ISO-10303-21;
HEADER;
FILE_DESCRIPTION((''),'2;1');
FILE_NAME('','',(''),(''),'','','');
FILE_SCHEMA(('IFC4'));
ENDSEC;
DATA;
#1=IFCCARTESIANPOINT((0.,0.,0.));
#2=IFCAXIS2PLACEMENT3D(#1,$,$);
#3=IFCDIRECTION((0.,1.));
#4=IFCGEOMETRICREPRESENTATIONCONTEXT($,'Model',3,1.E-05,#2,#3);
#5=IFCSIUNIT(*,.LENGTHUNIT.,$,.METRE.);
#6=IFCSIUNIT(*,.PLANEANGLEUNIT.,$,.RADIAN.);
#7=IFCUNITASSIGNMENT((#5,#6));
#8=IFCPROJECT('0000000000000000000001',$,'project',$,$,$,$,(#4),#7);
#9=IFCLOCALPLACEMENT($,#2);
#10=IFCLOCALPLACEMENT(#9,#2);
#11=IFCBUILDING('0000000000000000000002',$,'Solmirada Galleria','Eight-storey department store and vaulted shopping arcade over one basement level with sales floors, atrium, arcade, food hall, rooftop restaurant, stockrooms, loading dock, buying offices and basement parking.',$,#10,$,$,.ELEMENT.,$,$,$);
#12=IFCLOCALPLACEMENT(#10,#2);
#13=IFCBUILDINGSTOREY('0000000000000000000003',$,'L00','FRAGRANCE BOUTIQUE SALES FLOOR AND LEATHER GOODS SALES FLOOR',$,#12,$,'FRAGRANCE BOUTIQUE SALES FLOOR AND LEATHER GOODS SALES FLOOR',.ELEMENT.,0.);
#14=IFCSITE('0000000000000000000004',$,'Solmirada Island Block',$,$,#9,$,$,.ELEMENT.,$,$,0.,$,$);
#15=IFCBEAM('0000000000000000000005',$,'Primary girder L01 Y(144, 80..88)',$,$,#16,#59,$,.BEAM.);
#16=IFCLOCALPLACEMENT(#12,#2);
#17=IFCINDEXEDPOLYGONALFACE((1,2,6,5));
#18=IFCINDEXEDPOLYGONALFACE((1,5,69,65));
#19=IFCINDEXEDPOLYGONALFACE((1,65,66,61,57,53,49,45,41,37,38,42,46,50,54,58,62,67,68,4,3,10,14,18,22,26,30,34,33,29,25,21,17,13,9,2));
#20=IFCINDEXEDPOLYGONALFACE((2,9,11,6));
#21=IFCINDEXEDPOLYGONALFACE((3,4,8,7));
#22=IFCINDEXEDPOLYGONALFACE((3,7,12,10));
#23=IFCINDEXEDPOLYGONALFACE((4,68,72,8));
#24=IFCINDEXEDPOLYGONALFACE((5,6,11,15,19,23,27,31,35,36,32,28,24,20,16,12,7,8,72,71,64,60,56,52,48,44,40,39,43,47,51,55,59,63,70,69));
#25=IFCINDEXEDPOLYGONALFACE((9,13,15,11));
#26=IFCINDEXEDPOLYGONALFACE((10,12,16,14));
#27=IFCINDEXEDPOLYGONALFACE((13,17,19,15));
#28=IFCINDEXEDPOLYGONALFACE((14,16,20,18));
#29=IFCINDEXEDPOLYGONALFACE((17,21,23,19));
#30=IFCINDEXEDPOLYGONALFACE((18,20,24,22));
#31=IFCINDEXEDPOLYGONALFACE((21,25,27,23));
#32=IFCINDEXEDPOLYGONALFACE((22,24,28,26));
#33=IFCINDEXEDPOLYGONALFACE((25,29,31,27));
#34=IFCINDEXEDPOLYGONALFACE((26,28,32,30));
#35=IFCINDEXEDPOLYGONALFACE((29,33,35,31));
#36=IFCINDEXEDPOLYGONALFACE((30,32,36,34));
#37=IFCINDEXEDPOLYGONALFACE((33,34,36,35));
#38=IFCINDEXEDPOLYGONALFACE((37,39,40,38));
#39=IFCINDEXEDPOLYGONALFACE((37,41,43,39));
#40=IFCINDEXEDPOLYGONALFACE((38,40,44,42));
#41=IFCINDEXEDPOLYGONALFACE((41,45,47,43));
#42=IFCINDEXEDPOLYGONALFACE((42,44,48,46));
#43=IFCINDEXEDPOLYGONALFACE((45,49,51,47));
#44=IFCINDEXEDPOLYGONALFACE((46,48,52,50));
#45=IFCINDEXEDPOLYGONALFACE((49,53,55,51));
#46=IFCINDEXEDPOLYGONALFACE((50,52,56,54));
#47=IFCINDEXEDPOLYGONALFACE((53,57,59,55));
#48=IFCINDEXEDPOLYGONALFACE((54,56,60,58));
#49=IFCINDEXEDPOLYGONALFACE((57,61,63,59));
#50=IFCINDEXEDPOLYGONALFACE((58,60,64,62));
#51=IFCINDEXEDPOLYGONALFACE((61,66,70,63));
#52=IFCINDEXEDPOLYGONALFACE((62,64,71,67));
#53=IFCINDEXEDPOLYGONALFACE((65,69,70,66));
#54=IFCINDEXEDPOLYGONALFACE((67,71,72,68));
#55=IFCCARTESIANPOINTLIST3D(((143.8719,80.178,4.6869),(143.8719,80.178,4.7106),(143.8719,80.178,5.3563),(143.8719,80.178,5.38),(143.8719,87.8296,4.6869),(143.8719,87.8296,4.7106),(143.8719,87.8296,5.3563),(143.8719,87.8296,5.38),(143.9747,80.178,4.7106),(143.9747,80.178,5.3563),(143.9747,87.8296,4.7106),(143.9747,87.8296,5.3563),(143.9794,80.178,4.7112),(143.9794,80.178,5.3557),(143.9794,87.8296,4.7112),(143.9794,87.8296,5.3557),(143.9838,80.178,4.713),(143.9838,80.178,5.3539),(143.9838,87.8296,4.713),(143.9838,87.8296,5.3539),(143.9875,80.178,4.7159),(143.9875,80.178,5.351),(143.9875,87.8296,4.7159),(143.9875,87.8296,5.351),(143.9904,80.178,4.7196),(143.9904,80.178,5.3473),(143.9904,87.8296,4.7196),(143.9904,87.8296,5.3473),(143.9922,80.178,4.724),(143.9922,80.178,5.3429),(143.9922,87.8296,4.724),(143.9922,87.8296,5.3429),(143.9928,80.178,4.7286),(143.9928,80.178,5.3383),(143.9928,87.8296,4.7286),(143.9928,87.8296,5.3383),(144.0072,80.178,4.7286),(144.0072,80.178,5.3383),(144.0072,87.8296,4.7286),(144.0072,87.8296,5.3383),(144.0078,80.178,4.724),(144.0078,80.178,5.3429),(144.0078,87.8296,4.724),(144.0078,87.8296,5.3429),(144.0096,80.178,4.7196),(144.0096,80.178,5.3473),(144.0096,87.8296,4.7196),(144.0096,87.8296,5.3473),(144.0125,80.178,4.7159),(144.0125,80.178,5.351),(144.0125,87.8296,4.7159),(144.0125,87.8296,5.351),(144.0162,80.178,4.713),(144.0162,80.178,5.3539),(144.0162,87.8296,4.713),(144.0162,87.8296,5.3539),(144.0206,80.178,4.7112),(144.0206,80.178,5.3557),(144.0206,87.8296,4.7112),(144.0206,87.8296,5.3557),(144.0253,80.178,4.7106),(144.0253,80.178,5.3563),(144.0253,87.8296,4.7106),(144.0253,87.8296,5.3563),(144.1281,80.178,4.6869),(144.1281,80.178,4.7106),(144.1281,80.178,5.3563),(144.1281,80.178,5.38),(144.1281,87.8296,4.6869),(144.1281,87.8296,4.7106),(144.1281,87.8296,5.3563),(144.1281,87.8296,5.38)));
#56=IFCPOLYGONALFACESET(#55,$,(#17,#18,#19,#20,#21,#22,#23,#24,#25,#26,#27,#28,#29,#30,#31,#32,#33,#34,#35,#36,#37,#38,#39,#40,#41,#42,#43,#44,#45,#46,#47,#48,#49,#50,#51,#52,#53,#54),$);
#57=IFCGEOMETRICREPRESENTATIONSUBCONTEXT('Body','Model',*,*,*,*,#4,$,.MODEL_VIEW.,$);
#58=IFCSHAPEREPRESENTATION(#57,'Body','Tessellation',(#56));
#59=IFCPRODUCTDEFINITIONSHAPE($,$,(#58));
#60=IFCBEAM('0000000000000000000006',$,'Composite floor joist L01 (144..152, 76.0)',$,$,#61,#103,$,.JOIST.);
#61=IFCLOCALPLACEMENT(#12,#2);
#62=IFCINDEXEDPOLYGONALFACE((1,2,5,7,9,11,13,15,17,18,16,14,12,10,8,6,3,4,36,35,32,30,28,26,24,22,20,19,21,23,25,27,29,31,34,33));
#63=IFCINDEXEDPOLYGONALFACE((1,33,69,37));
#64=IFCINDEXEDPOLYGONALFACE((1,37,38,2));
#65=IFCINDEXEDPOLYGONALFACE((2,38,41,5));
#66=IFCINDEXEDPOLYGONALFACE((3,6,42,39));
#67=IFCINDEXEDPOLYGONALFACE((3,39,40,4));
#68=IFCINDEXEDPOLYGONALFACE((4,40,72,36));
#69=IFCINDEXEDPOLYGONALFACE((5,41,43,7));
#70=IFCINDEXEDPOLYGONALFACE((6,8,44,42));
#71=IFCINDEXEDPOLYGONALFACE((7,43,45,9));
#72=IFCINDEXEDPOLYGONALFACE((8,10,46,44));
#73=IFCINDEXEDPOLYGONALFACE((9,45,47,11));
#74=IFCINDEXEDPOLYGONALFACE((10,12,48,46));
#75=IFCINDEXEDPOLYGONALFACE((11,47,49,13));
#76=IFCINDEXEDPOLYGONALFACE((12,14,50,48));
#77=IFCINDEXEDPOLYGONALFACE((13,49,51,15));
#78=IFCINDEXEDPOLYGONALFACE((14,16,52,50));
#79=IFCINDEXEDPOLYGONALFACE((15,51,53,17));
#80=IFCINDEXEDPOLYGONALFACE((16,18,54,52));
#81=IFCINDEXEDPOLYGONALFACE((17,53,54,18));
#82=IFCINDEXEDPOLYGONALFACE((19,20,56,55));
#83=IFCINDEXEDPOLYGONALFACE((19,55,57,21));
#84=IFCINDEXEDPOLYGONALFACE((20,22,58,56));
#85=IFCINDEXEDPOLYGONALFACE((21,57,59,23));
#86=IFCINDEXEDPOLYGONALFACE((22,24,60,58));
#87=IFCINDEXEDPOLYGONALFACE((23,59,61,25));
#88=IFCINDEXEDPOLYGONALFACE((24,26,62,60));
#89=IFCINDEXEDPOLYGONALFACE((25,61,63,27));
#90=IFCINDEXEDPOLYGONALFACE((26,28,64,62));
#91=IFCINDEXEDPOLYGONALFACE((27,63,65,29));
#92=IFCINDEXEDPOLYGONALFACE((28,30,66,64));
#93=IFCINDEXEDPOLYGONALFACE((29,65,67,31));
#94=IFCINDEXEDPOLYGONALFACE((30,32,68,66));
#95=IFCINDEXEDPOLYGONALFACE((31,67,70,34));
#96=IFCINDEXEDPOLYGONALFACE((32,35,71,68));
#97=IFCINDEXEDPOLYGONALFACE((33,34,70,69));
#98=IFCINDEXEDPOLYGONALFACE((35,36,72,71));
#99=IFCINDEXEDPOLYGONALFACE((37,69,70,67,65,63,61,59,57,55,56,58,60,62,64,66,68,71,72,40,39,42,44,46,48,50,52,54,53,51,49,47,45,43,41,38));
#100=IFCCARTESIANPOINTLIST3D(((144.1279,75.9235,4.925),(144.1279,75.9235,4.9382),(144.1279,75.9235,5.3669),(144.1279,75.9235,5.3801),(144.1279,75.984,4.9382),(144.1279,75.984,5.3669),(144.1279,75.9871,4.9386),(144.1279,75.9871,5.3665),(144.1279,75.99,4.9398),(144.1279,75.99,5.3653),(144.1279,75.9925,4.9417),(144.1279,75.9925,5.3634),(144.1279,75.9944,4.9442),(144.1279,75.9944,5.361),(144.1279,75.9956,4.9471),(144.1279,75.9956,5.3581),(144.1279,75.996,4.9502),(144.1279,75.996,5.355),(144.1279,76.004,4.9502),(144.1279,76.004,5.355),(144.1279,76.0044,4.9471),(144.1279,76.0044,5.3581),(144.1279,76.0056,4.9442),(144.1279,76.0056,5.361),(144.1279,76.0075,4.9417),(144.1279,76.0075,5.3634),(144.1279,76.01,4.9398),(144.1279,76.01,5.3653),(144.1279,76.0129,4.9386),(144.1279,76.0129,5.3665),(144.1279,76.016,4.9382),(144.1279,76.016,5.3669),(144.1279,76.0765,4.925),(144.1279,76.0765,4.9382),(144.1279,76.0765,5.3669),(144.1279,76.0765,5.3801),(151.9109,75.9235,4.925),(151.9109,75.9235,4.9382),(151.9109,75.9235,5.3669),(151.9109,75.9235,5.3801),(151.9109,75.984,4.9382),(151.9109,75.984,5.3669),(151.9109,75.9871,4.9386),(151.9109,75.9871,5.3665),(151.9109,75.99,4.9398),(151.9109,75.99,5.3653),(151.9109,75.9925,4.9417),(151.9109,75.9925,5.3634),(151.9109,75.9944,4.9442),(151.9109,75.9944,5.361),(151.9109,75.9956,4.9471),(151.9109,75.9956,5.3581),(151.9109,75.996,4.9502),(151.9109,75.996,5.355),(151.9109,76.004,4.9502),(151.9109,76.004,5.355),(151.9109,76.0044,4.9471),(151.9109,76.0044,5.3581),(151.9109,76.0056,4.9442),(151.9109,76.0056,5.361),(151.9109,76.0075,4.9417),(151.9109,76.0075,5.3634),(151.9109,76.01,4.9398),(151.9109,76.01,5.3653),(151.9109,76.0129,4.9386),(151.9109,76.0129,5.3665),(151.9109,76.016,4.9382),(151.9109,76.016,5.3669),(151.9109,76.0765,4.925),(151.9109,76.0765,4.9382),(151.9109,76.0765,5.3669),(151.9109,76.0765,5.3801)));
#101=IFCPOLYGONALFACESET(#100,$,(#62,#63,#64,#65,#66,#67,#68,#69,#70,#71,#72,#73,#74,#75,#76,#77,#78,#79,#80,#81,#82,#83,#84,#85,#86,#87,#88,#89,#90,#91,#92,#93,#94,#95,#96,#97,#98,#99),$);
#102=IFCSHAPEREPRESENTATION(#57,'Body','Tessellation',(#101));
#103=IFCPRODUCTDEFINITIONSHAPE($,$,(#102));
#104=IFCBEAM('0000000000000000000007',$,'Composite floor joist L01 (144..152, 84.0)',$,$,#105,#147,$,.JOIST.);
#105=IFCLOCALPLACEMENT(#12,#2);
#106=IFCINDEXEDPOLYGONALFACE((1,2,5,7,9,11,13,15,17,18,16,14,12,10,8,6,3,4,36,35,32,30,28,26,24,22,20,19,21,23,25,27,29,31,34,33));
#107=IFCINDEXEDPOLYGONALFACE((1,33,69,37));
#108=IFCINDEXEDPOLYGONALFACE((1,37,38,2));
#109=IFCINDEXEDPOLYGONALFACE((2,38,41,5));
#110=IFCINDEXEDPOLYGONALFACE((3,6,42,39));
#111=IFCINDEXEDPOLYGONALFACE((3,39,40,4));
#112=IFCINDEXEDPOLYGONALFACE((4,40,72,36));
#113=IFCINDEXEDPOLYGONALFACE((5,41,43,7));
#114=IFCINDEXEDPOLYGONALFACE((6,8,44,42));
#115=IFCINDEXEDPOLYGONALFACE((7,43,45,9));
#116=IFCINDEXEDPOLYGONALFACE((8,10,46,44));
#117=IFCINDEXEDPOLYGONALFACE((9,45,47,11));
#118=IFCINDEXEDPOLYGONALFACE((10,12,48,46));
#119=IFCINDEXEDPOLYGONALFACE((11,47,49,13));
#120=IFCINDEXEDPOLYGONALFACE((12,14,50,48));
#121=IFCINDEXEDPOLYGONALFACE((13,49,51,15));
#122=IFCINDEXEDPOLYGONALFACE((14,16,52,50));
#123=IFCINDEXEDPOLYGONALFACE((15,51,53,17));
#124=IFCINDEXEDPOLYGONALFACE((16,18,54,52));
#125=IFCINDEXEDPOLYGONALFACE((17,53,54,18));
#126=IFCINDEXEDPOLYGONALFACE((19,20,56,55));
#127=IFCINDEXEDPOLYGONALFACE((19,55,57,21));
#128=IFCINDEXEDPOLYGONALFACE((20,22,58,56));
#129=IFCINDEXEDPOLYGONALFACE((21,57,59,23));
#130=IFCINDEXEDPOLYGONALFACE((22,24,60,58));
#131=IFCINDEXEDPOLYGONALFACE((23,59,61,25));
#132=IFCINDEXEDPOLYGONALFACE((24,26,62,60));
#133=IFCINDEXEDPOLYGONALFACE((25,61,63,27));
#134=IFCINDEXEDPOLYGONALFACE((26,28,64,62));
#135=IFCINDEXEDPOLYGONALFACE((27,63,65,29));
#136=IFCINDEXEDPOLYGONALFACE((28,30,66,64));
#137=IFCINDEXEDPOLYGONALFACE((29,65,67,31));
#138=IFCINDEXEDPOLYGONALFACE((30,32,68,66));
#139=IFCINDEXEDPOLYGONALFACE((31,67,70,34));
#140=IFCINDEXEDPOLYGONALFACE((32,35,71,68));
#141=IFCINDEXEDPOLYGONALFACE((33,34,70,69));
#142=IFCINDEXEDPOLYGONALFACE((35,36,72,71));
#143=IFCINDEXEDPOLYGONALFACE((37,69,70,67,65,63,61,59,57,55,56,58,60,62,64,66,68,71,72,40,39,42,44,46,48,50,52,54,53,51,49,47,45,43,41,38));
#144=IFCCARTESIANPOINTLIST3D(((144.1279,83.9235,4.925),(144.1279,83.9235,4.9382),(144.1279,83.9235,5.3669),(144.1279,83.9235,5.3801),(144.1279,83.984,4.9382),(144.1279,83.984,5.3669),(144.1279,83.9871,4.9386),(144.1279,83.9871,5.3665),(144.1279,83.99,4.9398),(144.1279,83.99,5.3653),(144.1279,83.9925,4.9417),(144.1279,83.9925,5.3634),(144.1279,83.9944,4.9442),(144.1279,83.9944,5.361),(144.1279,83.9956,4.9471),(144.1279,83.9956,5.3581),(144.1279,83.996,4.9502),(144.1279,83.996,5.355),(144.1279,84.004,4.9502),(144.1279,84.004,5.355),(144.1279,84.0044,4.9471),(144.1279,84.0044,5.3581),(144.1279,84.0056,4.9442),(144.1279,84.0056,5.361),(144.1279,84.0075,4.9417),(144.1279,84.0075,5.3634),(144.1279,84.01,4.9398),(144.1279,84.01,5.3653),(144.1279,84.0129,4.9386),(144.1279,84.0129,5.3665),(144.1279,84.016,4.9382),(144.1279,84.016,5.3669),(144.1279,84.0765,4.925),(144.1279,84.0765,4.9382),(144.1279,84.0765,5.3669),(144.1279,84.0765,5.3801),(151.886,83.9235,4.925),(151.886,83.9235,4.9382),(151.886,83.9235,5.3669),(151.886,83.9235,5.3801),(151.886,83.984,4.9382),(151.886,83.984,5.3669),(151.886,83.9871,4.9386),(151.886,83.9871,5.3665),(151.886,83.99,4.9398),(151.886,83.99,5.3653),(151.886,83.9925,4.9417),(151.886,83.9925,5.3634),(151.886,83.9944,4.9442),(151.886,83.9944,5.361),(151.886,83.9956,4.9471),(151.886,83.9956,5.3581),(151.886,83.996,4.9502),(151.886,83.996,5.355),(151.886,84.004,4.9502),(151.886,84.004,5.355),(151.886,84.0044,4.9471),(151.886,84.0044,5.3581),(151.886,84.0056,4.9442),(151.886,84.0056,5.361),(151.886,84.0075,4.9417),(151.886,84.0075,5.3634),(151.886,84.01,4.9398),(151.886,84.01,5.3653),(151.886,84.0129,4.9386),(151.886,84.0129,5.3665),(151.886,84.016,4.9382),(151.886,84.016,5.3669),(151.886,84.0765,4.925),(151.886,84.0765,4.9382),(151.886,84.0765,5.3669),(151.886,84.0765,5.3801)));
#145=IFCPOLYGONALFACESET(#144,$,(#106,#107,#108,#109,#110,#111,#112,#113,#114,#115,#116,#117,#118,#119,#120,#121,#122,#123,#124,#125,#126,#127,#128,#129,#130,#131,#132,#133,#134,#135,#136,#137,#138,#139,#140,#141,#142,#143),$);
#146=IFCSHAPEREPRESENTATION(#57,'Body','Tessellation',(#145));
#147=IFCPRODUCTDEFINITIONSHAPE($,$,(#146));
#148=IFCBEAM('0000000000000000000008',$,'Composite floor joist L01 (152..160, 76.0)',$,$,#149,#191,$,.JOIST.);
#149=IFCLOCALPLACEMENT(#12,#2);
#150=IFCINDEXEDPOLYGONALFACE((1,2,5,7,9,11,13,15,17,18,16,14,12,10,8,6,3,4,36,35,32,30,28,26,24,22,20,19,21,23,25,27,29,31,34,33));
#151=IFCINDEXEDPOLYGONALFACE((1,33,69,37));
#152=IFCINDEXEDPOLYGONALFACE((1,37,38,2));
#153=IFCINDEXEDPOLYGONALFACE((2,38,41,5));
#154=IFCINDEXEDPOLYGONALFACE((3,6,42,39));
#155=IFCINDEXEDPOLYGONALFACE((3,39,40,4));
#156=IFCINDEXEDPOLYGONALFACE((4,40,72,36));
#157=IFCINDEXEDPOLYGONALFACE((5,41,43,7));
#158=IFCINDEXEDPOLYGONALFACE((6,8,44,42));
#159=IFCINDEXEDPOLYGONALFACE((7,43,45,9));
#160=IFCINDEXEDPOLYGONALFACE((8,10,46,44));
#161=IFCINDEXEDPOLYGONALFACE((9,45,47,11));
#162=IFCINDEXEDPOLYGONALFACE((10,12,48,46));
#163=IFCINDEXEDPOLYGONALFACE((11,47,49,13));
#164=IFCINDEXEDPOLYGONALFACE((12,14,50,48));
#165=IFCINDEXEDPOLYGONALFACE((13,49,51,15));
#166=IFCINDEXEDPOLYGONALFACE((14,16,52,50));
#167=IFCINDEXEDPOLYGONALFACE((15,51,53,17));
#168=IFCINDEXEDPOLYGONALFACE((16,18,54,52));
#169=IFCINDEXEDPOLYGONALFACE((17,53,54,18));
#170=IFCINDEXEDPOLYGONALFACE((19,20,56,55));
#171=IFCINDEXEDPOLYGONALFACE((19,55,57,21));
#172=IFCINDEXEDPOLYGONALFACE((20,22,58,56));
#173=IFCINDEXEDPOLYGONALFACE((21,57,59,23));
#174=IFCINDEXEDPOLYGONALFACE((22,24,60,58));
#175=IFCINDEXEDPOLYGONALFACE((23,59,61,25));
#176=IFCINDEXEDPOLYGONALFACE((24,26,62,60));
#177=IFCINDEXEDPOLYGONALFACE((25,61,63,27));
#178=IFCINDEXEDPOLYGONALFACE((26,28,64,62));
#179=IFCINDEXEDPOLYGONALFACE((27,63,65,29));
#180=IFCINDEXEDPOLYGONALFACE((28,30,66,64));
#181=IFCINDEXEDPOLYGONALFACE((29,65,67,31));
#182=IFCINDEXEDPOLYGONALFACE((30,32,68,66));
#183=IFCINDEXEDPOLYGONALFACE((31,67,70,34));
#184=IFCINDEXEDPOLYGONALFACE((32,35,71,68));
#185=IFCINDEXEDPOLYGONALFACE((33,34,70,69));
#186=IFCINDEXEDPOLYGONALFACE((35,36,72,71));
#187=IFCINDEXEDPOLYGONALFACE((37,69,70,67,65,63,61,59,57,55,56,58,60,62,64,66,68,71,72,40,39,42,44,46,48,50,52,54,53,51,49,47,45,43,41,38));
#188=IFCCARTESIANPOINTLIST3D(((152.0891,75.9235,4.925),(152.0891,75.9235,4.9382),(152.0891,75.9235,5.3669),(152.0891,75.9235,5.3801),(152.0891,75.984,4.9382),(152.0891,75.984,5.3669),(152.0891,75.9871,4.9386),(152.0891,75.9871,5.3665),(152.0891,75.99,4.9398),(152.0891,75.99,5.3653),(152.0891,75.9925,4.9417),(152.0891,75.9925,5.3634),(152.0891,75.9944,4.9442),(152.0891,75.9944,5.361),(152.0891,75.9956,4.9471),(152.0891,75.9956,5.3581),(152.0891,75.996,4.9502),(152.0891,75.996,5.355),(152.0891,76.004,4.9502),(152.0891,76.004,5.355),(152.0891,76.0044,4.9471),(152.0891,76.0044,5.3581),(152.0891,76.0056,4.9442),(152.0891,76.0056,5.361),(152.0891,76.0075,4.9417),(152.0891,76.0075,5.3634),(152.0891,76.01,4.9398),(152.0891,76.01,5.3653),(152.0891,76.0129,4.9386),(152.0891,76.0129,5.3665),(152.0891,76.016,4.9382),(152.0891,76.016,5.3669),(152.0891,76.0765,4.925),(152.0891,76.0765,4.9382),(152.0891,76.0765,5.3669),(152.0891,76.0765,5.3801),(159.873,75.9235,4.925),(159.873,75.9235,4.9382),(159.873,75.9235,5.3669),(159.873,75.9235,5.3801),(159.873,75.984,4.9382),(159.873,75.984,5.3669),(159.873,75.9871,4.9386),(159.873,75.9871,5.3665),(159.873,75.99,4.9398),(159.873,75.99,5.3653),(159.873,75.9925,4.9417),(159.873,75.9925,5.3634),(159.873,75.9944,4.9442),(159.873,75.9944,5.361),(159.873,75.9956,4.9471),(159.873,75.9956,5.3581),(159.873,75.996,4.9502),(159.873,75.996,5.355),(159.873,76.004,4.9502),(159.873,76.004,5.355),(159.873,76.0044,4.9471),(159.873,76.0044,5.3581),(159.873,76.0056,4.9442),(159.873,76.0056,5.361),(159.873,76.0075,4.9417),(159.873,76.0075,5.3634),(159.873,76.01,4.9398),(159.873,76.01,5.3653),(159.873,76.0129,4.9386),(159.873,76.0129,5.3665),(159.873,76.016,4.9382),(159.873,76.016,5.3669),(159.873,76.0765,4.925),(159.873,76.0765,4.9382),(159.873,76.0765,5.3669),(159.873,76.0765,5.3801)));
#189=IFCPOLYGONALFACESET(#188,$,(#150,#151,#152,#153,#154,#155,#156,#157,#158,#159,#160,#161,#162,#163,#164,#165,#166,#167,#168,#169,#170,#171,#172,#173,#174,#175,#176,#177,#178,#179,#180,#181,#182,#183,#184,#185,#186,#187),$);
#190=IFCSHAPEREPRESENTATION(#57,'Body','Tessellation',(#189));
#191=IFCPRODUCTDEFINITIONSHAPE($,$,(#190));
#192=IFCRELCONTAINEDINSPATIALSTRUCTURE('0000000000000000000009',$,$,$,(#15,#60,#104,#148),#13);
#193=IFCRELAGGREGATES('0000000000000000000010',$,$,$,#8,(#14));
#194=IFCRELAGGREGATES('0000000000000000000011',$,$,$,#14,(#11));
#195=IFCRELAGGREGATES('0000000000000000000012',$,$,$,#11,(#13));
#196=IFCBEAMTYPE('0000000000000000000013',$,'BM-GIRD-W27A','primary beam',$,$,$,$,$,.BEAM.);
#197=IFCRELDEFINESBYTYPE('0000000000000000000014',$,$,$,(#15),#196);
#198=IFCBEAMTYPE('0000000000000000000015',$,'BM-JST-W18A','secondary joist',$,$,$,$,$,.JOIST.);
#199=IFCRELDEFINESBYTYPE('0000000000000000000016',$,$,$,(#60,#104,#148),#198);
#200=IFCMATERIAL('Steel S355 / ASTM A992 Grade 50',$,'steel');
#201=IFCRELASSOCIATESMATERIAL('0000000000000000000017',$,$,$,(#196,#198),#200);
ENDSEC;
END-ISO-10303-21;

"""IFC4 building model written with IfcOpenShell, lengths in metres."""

from ifc_helpers import new_model, si_unit, direction, frame, origin, origin_2d, place, context, subcontext, project, spatial, i_section, extrude, material, material_profile, profile_set, type_object, element, save


model = new_model("IFC4")

# Units and contexts
model_context = context("Model", 3, precision=1e-05, world=origin(), true_north=direction((0.0, 1.0)))
body_context = subcontext(model_context, "Body", "Model", "MODEL_VIEW")
ifc_project = project(units=[si_unit("LENGTHUNIT", "METRE"), si_unit("PLANEANGLEUNIT", "RADIAN")], contexts=[model_context])

# Site, building, storey
site_placement = place(None, origin())
site = spatial("IfcSite", under=ifc_project, at=site_placement, Name="Solmirada Island Block", CompositionType="ELEMENT", RefElevation=0.0)
building_placement = place(site_placement, origin())
building = spatial("IfcBuilding", under=site, at=building_placement, Name="Solmirada Galleria", Description="Eight-storey department store and vaulted shopping arcade over one basement level with sales floors, atrium, arcade, food hall, rooftop restaurant, stockrooms, loading dock, buying offices and basement parking.", CompositionType="ELEMENT")
storey_placement = place(building_placement, origin())
storey = spatial("IfcBuildingStorey", under=building, at=storey_placement, Name="L00", Description="FRAGRANCE BOUTIQUE SALES FLOOR AND LEATHER GOODS SALES FLOOR", LongName="FRAGRANCE BOUTIQUE SALES FLOOR AND LEATHER GOODS SALES FLOOR", CompositionType="ELEMENT", Elevation=0.0)

# Beams
ifc_material_1 = material(Name="Steel S355 / ASTM A992 Grade 50", Category="steel")
ifc_material_profile_1 = material_profile(ifc_material_1, i_section(OverallWidth=0.2561, OverallDepth=0.6931, WebThickness=0.0144, FlangeThickness=0.0237, FilletRadius=0.0181, at=origin_2d()), Name="W27X114")
ifc_profile_set_1 = profile_set([ifc_material_profile_1], Name="Steel S355 / ASTM A992 Grade 50")
beam_type_1 = type_object("IfcBeamType", Name="BM-GIRD-W27A", Description="primary beam", PredefinedType="BEAM", material=ifc_profile_set_1)
beam_1_placement = place(storey_placement, frame((144.0, 80.178, 5.0334), z_axis=(0.0, 1.0, 0.0), x_axis=(-1.0, 0.0, 0.0)))
element("IfcBeam", 1, at=beam_1_placement, inside=storey, type_object=beam_type_1, Name="Primary girder L01 Y(144, 80..88)", PredefinedType="BEAM", context=body_context, shape_type="SweptSolid", body=[
    extrude(i_section(OverallWidth=0.2561, OverallDepth=0.6931, WebThickness=0.0144, FlangeThickness=0.0237, FilletRadius=0.0181, at=origin_2d()), origin(), (0.0, 0.0, 1.0), 7.6516),
])
ifc_material_profile_2 = material_profile(ifc_material_1, i_section(OverallWidth=0.1531, OverallDepth=0.4551, WebThickness=0.0081, FlangeThickness=0.0132, FilletRadius=0.012, at=origin_2d()), Name="W18X40")
ifc_profile_set_2 = profile_set([ifc_material_profile_2], Name="Steel S355 / ASTM A992 Grade 50")
beam_type_2 = type_object("IfcBeamType", Name="BM-JST-W18A", Description="secondary joist", PredefinedType="JOIST", material=ifc_profile_set_2)
beam_2_placement = place(storey_placement, frame((144.1279, 76.0, 5.1526), z_axis=(1.0, 0.0, 0.0), x_axis=(0.0, 1.0, 0.0)))
element("IfcBeam", 2, at=beam_2_placement, inside=storey, type_object=beam_type_2, Name="Composite floor joist L01 (144..152, 76.0)", PredefinedType="JOIST", context=body_context, shape_type="SweptSolid", body=[
    extrude(i_section(OverallWidth=0.1531, OverallDepth=0.4551, WebThickness=0.0081, FlangeThickness=0.0132, FilletRadius=0.012, at=origin_2d()), origin(), (0.0, 0.0, 1.0), 7.783),
])
beam_3_placement = place(storey_placement, frame((144.1279, 84.0, 5.1526), z_axis=(1.0, 0.0, 0.0), x_axis=(0.0, 1.0, 0.0)))
element("IfcBeam", 3, at=beam_3_placement, inside=storey, type_object=beam_type_2, Name="Composite floor joist L01 (144..152, 84.0)", PredefinedType="JOIST", context=body_context, shape_type="SweptSolid", body=[
    extrude(i_section(OverallWidth=0.1531, OverallDepth=0.4551, WebThickness=0.0081, FlangeThickness=0.0132, FilletRadius=0.012, at=origin_2d()), origin(), (0.0, 0.0, 1.0), 7.7581),
])
beam_4_placement = place(storey_placement, frame((152.0891, 76.0, 5.1526), z_axis=(1.0, 0.0, 0.0), x_axis=(0.0, 1.0, 0.0)))
element("IfcBeam", 4, at=beam_4_placement, inside=storey, type_object=beam_type_2, Name="Composite floor joist L01 (152..160, 76.0)", PredefinedType="JOIST", context=body_context, shape_type="SweptSolid", body=[
    extrude(i_section(OverallWidth=0.1531, OverallDepth=0.4551, WebThickness=0.0081, FlangeThickness=0.0132, FilletRadius=0.012, at=origin_2d()), origin(), (0.0, 0.0, 1.0), 7.7839),
])

save(model, "model.ifc")
